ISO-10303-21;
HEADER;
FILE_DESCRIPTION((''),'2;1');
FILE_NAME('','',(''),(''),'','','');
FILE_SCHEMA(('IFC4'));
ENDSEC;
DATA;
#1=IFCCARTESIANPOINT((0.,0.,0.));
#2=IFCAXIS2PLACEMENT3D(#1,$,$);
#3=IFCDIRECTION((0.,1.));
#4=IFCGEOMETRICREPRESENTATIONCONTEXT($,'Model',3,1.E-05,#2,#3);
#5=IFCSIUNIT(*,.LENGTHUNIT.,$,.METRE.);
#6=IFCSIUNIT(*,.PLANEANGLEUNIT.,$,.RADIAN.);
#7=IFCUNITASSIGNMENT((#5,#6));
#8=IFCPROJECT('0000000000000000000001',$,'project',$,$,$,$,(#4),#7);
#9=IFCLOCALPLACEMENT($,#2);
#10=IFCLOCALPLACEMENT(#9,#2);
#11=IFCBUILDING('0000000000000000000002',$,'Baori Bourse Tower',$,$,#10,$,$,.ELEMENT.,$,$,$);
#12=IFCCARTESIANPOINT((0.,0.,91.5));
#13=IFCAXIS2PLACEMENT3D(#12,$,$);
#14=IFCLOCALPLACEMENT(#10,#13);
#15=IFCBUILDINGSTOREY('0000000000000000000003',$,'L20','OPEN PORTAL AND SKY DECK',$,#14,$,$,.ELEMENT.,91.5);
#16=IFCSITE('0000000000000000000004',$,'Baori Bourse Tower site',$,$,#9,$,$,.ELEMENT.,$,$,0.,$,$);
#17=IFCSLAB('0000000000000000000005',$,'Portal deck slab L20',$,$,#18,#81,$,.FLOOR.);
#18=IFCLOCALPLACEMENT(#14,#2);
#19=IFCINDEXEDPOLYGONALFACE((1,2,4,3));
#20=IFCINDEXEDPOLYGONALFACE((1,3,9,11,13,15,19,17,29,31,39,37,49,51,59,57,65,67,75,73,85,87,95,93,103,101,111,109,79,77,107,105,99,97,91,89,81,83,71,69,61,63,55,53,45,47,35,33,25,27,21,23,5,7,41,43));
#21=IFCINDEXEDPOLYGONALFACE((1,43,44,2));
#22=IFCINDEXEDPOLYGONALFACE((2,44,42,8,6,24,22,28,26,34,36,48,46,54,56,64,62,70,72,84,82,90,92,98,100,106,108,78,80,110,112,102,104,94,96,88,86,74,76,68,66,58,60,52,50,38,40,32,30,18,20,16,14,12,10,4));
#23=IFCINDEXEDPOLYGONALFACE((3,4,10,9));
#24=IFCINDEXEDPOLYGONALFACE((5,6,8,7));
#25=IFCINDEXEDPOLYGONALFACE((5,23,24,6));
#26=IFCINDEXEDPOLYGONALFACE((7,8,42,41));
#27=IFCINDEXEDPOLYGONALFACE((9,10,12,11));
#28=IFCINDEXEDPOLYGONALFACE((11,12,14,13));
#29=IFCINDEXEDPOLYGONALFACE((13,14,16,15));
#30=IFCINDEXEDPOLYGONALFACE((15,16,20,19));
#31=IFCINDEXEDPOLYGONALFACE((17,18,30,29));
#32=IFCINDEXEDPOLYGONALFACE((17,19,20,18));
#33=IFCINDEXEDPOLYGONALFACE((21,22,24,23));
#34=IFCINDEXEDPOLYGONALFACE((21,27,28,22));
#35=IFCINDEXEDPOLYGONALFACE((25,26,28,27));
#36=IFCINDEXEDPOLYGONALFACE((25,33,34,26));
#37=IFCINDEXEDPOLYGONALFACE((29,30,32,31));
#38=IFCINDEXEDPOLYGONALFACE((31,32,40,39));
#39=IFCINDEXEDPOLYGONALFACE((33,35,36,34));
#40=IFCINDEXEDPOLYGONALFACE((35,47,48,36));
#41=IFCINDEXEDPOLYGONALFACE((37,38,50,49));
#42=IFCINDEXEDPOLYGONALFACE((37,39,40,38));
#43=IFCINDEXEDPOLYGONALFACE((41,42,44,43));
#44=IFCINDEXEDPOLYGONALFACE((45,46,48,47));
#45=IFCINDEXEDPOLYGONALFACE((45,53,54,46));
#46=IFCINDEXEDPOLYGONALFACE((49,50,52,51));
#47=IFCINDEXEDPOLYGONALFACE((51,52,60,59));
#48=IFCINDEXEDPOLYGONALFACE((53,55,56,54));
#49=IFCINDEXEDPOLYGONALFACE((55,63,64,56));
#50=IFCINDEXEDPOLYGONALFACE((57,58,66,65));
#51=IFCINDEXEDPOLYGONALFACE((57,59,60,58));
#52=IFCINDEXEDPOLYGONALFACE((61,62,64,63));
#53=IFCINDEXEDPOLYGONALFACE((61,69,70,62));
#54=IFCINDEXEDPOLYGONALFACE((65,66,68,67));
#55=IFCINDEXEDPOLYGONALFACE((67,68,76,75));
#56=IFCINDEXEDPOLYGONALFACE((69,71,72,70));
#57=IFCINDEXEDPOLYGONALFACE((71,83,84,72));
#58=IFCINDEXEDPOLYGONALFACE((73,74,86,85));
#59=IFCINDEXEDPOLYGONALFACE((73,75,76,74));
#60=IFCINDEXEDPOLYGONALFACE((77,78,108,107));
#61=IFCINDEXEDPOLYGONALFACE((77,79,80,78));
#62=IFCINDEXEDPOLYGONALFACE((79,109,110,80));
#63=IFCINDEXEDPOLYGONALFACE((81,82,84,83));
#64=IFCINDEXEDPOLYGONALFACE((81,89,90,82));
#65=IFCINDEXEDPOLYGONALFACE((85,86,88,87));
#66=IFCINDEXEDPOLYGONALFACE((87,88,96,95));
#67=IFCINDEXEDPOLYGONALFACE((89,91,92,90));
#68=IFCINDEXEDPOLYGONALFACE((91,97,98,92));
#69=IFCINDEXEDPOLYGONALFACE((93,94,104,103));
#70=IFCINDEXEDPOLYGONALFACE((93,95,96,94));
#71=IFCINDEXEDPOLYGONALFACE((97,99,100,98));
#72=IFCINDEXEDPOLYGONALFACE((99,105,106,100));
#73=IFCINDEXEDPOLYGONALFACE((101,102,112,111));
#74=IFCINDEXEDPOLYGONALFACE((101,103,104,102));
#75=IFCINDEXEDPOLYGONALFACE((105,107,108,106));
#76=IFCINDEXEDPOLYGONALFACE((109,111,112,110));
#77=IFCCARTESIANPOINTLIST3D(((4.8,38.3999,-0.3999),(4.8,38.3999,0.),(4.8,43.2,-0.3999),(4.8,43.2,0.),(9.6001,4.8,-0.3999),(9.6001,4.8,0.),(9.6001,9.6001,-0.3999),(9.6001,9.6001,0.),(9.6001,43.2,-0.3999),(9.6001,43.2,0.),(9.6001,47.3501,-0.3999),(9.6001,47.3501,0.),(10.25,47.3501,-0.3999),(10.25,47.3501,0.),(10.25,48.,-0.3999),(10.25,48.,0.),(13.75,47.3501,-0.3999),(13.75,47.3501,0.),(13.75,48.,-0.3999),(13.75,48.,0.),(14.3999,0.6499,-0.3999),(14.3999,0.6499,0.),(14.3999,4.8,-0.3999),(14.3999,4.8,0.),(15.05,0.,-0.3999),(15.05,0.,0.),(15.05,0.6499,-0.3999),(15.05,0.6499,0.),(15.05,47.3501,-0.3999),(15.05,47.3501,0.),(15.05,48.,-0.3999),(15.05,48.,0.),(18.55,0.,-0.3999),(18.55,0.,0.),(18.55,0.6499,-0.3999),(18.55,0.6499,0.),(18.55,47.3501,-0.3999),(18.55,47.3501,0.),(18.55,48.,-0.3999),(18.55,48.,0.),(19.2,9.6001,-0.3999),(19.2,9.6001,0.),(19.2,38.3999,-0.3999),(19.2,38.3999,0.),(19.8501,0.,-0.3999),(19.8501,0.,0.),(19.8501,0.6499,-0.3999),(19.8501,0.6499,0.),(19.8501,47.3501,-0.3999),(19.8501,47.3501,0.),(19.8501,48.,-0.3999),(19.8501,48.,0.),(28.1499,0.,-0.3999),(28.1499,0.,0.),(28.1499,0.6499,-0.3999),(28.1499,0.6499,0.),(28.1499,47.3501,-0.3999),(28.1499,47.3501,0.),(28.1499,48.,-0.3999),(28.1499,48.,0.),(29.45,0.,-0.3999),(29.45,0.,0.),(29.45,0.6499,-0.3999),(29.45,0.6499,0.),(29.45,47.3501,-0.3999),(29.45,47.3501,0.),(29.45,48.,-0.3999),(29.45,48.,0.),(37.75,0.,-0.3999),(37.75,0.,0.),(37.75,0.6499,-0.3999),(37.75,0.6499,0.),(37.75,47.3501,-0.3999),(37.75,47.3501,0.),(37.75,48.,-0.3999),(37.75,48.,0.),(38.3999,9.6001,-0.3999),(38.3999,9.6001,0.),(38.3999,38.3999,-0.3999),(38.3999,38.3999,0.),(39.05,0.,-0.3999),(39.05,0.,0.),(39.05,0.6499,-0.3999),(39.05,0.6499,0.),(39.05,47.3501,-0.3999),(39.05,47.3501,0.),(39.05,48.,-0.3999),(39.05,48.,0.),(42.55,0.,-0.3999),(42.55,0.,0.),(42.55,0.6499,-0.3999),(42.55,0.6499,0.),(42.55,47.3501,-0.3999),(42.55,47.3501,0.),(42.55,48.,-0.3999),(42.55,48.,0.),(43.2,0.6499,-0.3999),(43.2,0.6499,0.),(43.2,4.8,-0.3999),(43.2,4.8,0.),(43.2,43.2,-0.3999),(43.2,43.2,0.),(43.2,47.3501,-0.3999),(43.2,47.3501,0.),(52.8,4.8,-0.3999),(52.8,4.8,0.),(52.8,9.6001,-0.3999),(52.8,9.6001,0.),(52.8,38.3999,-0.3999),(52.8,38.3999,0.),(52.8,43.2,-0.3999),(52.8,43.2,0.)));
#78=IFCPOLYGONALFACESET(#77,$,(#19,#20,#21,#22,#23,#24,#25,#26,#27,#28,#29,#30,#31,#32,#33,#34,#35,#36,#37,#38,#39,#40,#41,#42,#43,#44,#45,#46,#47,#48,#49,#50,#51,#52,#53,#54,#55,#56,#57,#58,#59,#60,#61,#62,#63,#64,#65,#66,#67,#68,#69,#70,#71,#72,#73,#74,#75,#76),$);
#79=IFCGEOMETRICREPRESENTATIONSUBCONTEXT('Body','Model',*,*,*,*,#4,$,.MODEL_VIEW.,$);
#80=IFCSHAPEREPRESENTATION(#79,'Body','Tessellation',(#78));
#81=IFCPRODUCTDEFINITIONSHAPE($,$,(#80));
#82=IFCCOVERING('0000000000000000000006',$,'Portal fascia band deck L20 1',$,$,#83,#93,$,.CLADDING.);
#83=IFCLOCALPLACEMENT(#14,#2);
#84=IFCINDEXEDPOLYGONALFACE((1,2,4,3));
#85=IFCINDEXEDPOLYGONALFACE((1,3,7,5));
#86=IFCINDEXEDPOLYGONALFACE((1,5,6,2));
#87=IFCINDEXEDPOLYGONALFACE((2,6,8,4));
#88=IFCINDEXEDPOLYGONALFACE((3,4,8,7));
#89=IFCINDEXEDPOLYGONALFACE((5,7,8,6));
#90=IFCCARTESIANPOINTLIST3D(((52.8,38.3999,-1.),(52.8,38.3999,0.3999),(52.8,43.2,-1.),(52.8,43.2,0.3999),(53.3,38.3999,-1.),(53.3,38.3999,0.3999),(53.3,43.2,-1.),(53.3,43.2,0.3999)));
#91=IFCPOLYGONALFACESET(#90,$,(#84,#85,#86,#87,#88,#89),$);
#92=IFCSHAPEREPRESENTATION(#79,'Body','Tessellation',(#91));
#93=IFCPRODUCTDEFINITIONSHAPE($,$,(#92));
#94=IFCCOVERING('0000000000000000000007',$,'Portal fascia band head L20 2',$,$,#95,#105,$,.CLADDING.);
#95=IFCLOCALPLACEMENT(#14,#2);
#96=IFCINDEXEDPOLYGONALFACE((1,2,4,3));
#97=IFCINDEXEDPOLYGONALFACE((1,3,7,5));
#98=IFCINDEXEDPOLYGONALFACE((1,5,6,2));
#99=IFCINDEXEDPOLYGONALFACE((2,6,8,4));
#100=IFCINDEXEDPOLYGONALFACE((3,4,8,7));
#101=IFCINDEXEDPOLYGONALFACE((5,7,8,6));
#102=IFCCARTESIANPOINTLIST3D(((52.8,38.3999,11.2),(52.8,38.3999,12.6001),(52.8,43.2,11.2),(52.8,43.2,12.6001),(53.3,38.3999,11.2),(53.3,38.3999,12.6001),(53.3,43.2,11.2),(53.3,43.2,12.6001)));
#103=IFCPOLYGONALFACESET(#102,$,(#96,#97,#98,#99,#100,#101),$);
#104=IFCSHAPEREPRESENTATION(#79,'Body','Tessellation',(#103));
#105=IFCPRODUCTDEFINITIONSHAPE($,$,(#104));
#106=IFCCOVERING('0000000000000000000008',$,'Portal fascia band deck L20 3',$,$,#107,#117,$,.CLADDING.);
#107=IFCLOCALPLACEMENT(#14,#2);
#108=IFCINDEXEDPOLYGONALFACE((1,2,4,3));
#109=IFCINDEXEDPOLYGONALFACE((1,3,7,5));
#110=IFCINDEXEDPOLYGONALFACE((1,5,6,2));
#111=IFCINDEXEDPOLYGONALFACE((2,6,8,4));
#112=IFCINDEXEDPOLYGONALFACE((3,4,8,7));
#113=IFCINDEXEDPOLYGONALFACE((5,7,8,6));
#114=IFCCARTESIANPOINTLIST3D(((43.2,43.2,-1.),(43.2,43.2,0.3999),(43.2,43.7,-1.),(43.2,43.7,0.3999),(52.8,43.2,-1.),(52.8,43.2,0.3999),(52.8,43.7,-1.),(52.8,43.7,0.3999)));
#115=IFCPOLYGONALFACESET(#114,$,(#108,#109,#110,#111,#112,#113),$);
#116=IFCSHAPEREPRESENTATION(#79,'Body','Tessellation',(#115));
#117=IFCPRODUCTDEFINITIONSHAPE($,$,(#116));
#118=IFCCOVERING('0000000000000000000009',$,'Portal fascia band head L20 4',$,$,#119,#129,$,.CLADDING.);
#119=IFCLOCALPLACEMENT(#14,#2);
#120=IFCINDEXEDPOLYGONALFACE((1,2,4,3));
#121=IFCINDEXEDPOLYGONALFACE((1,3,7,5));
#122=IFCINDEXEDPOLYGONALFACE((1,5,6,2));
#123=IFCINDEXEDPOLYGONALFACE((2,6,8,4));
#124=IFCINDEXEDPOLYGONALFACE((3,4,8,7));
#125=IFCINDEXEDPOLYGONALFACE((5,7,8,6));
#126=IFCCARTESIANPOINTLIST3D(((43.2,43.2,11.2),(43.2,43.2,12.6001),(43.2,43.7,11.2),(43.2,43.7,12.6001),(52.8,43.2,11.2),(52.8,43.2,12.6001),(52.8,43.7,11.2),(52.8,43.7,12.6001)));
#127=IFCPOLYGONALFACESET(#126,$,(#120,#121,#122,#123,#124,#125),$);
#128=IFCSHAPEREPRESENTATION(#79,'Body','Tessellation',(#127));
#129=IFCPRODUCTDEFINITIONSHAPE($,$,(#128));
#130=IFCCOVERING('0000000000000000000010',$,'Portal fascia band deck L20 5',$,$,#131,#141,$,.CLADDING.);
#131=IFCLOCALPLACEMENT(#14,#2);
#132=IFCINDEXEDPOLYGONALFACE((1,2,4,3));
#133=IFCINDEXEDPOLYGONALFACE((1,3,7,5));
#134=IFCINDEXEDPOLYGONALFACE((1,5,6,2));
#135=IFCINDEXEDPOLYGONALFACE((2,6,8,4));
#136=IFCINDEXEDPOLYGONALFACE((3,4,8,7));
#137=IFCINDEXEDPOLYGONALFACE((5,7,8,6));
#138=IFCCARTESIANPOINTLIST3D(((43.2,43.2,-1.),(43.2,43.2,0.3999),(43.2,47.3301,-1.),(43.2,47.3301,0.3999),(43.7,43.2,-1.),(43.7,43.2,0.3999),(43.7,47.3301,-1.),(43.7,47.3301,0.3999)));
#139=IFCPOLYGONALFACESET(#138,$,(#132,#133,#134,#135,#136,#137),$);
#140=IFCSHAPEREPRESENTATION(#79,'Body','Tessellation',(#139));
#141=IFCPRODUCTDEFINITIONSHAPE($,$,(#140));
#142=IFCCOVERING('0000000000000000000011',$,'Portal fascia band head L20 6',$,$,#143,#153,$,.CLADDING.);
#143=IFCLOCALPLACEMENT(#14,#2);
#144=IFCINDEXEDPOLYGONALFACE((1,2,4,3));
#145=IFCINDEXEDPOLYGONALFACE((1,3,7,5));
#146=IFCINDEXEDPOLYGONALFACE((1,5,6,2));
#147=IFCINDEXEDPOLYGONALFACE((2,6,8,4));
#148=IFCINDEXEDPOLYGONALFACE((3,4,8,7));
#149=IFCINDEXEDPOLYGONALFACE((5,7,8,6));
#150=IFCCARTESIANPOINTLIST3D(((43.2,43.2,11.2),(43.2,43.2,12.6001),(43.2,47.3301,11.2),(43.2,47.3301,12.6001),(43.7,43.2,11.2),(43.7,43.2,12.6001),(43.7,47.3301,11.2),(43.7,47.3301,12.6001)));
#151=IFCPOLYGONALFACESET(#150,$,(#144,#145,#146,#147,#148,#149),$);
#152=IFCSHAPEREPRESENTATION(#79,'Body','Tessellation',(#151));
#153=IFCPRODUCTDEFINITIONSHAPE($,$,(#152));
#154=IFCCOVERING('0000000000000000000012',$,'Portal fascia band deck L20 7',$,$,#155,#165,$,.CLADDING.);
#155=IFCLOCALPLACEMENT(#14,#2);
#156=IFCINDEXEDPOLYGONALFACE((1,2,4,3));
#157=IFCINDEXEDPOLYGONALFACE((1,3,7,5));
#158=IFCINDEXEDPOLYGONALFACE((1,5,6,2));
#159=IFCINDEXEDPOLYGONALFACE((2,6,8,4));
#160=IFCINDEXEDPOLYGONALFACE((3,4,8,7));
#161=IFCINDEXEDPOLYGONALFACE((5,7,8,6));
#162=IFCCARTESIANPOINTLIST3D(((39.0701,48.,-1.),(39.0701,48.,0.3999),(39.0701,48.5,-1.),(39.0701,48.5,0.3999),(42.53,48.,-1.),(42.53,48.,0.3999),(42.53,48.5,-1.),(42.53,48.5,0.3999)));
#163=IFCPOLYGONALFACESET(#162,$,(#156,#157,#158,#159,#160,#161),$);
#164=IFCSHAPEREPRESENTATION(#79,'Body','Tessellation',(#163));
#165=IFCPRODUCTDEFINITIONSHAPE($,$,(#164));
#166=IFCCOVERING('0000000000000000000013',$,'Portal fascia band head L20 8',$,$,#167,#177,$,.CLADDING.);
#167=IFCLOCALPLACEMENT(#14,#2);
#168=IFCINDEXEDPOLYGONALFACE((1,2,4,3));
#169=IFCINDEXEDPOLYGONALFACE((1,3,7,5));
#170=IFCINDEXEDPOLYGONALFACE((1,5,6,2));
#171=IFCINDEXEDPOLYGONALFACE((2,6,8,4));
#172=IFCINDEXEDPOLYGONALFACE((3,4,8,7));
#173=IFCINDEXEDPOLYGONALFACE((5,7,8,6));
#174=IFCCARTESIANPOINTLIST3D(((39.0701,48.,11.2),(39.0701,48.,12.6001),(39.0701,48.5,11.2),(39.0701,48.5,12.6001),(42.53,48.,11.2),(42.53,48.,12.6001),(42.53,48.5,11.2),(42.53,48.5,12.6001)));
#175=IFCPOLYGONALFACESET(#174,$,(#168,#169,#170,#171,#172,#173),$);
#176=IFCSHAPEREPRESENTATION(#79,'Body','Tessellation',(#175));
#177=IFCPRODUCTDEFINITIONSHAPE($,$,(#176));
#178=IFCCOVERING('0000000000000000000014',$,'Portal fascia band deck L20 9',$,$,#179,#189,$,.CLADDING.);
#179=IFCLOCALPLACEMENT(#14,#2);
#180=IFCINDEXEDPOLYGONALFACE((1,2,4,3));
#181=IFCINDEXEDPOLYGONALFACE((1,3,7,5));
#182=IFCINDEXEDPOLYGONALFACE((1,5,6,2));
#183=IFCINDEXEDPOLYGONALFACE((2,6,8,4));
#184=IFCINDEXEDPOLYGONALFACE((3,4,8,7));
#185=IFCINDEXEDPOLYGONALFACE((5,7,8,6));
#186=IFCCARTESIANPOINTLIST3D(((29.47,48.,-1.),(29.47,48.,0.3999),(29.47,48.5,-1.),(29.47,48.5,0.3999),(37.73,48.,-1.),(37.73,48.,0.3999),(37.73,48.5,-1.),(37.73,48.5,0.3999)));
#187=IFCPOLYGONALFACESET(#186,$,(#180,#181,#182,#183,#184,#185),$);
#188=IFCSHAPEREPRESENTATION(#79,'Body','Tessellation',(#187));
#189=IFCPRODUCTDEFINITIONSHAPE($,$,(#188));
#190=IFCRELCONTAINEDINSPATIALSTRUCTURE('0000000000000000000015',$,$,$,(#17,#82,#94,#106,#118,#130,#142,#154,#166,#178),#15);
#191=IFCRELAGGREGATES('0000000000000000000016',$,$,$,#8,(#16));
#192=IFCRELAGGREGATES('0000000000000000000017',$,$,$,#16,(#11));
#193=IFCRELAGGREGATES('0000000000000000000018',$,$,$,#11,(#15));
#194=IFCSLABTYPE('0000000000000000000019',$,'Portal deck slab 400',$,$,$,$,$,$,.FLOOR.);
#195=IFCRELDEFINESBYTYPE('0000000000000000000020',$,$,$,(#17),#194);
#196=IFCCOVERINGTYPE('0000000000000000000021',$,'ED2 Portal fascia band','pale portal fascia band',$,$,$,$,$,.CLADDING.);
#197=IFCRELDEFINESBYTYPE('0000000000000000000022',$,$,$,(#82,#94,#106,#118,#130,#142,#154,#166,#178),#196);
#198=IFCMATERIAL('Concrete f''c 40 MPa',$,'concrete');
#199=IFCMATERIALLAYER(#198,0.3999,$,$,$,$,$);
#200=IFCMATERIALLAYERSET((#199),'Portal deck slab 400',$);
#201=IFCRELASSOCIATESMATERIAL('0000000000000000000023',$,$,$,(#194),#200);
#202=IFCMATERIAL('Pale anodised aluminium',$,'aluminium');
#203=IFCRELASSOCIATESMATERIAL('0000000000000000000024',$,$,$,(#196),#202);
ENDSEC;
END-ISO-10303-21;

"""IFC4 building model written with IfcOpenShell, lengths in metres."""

from ifc_helpers import new_model, si_unit, direction, frame, origin, place, context, subcontext, project, spatial, polyline, outline, extrude, material, layer, layer_set, type_object, element, save


model = new_model("IFC4")

# Units and contexts
model_context = context("Model", 3, precision=1e-05, world=origin(), true_north=direction((0.0, 1.0)))
body_context = subcontext(model_context, "Body", "Model", "MODEL_VIEW")
ifc_project = project(units=[si_unit("LENGTHUNIT", "METRE"), si_unit("PLANEANGLEUNIT", "RADIAN")], contexts=[model_context])

# Site, building, storey
site_placement = place(None, origin())
site = spatial("IfcSite", under=ifc_project, at=site_placement, Name="Baori Bourse Tower site", CompositionType="ELEMENT", RefElevation=0.0)
building_placement = place(site_placement, origin())
building = spatial("IfcBuilding", under=site, at=building_placement, Name="Baori Bourse Tower", CompositionType="ELEMENT")
storey_placement = place(building_placement, frame((0.0, 0.0, 91.5)))
storey = spatial("IfcBuildingStorey", under=building, at=storey_placement, Name="L20", Description="OPEN PORTAL AND SKY DECK", CompositionType="ELEMENT", Elevation=91.5)

# Slab
ifc_material_1 = material(Name="Concrete f'c 40 MPa", Category="concrete")
ifc_layer_1 = layer(ifc_material_1, 0.3999)
ifc_layer_set_1 = layer_set([ifc_layer_1], Name="Portal deck slab 400")
slab_type_1 = type_object("IfcSlabType", Name="Portal deck slab 400", PredefinedType="FLOOR", material=ifc_layer_set_1)
slab_1_placement = place(storey_placement, frame((0.0, 0.0, -0.3999)))
element("IfcSlab", 1, at=slab_1_placement, inside=storey, type_object=slab_type_1, Name="Portal deck slab L20", PredefinedType="FLOOR", context=body_context, shape_type="SweptSolid", body=[
    extrude(outline(polyline([(14.3999, 4.8), (9.6001, 4.8), (9.6001, 9.6001), (19.2, 9.6001), (19.2, 38.3999), (4.8, 38.3999), (4.8, 43.2), (9.6001, 43.2), (9.6001, 47.3501), (10.25, 47.3501), (10.25, 48.0), (13.75, 48.0), (13.75, 47.3501), (15.05, 47.3501), (15.05, 48.0), (18.55, 48.0), (18.55, 47.3501), (19.8501, 47.3501), (19.8501, 48.0), (28.1499, 48.0), (28.1499, 47.3501), (29.45, 47.3501), (29.45, 48.0), (37.75, 48.0), (37.75, 47.3501), (39.05, 47.3501), (39.05, 48.0), (42.55, 48.0), (42.55, 47.3501), (43.2, 47.3501), (43.2, 43.2), (52.8, 43.2), (52.8, 38.3999), (38.3999, 38.3999), (38.3999, 9.6001), (52.8, 9.6001), (52.8, 4.8), (43.2, 4.8), (43.2, 0.6499), (42.55, 0.6499), (42.55, 0.0), (39.05, 0.0), (39.05, 0.6499), (37.75, 0.6499), (37.75, 0.0), (29.45, 0.0), (29.45, 0.6499), (28.1499, 0.6499), (28.1499, 0.0), (19.8501, 0.0), (19.8501, 0.6499), (18.55, 0.6499), (18.55, 0.0), (15.05, 0.0), (15.05, 0.6499), (14.3999, 0.6499), (14.3999, 4.8)])), origin(), (0.0, 0.0, 1.0), 0.3999),
])

# Coverings
ifc_material_2 = material(Name="Pale anodised aluminium", Category="aluminium")
covering_type = type_object("IfcCoveringType", Name="ED2 Portal fascia band", Description="pale portal fascia band", PredefinedType="CLADDING", material=ifc_material_2)
covering_1_placement = place(storey_placement, frame((0.0, 0.0, -1.0)))
element("IfcCovering", 2, at=covering_1_placement, inside=storey, type_object=covering_type, Name="Portal fascia band deck L20 1", PredefinedType="CLADDING", context=body_context, shape_type="SweptSolid", body=[
    extrude(outline(polyline([(52.8, 43.2), (52.8, 38.3999), (53.3, 38.3999), (53.3, 43.2), (52.8, 43.2)])), origin(), (0.0, 0.0, 1.0), 1.3999),
])
covering_2_placement = place(storey_placement, frame((0.0, 0.0, 11.2)))
element("IfcCovering", 3, at=covering_2_placement, inside=storey, type_object=covering_type, Name="Portal fascia band head L20 2", PredefinedType="CLADDING", context=body_context, shape_type="SweptSolid", body=[
    extrude(outline(polyline([(52.8, 43.2), (52.8, 38.3999), (53.3, 38.3999), (53.3, 43.2), (52.8, 43.2)])), origin(), (0.0, 0.0, 1.0), 1.4001),
])
covering_3_placement = place(storey_placement, frame((0.0, 0.0, -1.0)))
element("IfcCovering", 4, at=covering_3_placement, inside=storey, type_object=covering_type, Name="Portal fascia band deck L20 3", PredefinedType="CLADDING", context=body_context, shape_type="SweptSolid", body=[
    extrude(outline(polyline([(43.2, 43.2), (52.8, 43.2), (52.8, 43.7), (43.2, 43.7), (43.2, 43.2)])), origin(), (0.0, 0.0, 1.0), 1.3999),
])
covering_4_placement = place(storey_placement, frame((0.0, 0.0, 11.2)))
element("IfcCovering", 5, at=covering_4_placement, inside=storey, type_object=covering_type, Name="Portal fascia band head L20 4", PredefinedType="CLADDING", context=body_context, shape_type="SweptSolid", body=[
    extrude(outline(polyline([(43.2, 43.2), (52.8, 43.2), (52.8, 43.7), (43.2, 43.7), (43.2, 43.2)])), origin(), (0.0, 0.0, 1.0), 1.4001),
])
covering_5_placement = place(storey_placement, frame((0.0, 0.0, -1.0)))
element("IfcCovering", 6, at=covering_5_placement, inside=storey, type_object=covering_type, Name="Portal fascia band deck L20 5", PredefinedType="CLADDING", context=body_context, shape_type="SweptSolid", body=[
    extrude(outline(polyline([(43.2, 47.3301), (43.2, 43.2), (43.7, 43.2), (43.7, 47.3301), (43.2, 47.3301)])), origin(), (0.0, 0.0, 1.0), 1.3999),
])
covering_6_placement = place(storey_placement, frame((0.0, 0.0, 11.2)))
element("IfcCovering", 7, at=covering_6_placement, inside=storey, type_object=covering_type, Name="Portal fascia band head L20 6", PredefinedType="CLADDING", context=body_context, shape_type="SweptSolid", body=[
    extrude(outline(polyline([(43.2, 47.3301), (43.2, 43.2), (43.7, 43.2), (43.7, 47.3301), (43.2, 47.3301)])), origin(), (0.0, 0.0, 1.0), 1.4001),
])
covering_7_placement = place(storey_placement, frame((0.0, 0.0, -1.0)))
element("IfcCovering", 8, at=covering_7_placement, inside=storey, type_object=covering_type, Name="Portal fascia band deck L20 7", PredefinedType="CLADDING", context=body_context, shape_type="SweptSolid", body=[
    extrude(outline(polyline([(39.0701, 48.0), (42.53, 48.0), (42.53, 48.5), (39.0701, 48.5), (39.0701, 48.0)])), origin(), (0.0, 0.0, 1.0), 1.3999),
])
covering_8_placement = place(storey_placement, frame((0.0, 0.0, 11.2)))
element("IfcCovering", 9, at=covering_8_placement, inside=storey, type_object=covering_type, Name="Portal fascia band head L20 8", PredefinedType="CLADDING", context=body_context, shape_type="SweptSolid", body=[
    extrude(outline(polyline([(39.0701, 48.0), (42.53, 48.0), (42.53, 48.5), (39.0701, 48.5), (39.0701, 48.0)])), origin(), (0.0, 0.0, 1.0), 1.4001),
])
covering_9_placement = place(storey_placement, frame((0.0, 0.0, -1.0)))
element("IfcCovering", 10, at=covering_9_placement, inside=storey, type_object=covering_type, Name="Portal fascia band deck L20 9", PredefinedType="CLADDING", context=body_context, shape_type="SweptSolid", body=[
    extrude(outline(polyline([(29.47, 48.0), (37.73, 48.0), (37.73, 48.5), (29.47, 48.5), (29.47, 48.0)])), origin(), (0.0, 0.0, 1.0), 1.3999),
])

save(model, "model.ifc")
